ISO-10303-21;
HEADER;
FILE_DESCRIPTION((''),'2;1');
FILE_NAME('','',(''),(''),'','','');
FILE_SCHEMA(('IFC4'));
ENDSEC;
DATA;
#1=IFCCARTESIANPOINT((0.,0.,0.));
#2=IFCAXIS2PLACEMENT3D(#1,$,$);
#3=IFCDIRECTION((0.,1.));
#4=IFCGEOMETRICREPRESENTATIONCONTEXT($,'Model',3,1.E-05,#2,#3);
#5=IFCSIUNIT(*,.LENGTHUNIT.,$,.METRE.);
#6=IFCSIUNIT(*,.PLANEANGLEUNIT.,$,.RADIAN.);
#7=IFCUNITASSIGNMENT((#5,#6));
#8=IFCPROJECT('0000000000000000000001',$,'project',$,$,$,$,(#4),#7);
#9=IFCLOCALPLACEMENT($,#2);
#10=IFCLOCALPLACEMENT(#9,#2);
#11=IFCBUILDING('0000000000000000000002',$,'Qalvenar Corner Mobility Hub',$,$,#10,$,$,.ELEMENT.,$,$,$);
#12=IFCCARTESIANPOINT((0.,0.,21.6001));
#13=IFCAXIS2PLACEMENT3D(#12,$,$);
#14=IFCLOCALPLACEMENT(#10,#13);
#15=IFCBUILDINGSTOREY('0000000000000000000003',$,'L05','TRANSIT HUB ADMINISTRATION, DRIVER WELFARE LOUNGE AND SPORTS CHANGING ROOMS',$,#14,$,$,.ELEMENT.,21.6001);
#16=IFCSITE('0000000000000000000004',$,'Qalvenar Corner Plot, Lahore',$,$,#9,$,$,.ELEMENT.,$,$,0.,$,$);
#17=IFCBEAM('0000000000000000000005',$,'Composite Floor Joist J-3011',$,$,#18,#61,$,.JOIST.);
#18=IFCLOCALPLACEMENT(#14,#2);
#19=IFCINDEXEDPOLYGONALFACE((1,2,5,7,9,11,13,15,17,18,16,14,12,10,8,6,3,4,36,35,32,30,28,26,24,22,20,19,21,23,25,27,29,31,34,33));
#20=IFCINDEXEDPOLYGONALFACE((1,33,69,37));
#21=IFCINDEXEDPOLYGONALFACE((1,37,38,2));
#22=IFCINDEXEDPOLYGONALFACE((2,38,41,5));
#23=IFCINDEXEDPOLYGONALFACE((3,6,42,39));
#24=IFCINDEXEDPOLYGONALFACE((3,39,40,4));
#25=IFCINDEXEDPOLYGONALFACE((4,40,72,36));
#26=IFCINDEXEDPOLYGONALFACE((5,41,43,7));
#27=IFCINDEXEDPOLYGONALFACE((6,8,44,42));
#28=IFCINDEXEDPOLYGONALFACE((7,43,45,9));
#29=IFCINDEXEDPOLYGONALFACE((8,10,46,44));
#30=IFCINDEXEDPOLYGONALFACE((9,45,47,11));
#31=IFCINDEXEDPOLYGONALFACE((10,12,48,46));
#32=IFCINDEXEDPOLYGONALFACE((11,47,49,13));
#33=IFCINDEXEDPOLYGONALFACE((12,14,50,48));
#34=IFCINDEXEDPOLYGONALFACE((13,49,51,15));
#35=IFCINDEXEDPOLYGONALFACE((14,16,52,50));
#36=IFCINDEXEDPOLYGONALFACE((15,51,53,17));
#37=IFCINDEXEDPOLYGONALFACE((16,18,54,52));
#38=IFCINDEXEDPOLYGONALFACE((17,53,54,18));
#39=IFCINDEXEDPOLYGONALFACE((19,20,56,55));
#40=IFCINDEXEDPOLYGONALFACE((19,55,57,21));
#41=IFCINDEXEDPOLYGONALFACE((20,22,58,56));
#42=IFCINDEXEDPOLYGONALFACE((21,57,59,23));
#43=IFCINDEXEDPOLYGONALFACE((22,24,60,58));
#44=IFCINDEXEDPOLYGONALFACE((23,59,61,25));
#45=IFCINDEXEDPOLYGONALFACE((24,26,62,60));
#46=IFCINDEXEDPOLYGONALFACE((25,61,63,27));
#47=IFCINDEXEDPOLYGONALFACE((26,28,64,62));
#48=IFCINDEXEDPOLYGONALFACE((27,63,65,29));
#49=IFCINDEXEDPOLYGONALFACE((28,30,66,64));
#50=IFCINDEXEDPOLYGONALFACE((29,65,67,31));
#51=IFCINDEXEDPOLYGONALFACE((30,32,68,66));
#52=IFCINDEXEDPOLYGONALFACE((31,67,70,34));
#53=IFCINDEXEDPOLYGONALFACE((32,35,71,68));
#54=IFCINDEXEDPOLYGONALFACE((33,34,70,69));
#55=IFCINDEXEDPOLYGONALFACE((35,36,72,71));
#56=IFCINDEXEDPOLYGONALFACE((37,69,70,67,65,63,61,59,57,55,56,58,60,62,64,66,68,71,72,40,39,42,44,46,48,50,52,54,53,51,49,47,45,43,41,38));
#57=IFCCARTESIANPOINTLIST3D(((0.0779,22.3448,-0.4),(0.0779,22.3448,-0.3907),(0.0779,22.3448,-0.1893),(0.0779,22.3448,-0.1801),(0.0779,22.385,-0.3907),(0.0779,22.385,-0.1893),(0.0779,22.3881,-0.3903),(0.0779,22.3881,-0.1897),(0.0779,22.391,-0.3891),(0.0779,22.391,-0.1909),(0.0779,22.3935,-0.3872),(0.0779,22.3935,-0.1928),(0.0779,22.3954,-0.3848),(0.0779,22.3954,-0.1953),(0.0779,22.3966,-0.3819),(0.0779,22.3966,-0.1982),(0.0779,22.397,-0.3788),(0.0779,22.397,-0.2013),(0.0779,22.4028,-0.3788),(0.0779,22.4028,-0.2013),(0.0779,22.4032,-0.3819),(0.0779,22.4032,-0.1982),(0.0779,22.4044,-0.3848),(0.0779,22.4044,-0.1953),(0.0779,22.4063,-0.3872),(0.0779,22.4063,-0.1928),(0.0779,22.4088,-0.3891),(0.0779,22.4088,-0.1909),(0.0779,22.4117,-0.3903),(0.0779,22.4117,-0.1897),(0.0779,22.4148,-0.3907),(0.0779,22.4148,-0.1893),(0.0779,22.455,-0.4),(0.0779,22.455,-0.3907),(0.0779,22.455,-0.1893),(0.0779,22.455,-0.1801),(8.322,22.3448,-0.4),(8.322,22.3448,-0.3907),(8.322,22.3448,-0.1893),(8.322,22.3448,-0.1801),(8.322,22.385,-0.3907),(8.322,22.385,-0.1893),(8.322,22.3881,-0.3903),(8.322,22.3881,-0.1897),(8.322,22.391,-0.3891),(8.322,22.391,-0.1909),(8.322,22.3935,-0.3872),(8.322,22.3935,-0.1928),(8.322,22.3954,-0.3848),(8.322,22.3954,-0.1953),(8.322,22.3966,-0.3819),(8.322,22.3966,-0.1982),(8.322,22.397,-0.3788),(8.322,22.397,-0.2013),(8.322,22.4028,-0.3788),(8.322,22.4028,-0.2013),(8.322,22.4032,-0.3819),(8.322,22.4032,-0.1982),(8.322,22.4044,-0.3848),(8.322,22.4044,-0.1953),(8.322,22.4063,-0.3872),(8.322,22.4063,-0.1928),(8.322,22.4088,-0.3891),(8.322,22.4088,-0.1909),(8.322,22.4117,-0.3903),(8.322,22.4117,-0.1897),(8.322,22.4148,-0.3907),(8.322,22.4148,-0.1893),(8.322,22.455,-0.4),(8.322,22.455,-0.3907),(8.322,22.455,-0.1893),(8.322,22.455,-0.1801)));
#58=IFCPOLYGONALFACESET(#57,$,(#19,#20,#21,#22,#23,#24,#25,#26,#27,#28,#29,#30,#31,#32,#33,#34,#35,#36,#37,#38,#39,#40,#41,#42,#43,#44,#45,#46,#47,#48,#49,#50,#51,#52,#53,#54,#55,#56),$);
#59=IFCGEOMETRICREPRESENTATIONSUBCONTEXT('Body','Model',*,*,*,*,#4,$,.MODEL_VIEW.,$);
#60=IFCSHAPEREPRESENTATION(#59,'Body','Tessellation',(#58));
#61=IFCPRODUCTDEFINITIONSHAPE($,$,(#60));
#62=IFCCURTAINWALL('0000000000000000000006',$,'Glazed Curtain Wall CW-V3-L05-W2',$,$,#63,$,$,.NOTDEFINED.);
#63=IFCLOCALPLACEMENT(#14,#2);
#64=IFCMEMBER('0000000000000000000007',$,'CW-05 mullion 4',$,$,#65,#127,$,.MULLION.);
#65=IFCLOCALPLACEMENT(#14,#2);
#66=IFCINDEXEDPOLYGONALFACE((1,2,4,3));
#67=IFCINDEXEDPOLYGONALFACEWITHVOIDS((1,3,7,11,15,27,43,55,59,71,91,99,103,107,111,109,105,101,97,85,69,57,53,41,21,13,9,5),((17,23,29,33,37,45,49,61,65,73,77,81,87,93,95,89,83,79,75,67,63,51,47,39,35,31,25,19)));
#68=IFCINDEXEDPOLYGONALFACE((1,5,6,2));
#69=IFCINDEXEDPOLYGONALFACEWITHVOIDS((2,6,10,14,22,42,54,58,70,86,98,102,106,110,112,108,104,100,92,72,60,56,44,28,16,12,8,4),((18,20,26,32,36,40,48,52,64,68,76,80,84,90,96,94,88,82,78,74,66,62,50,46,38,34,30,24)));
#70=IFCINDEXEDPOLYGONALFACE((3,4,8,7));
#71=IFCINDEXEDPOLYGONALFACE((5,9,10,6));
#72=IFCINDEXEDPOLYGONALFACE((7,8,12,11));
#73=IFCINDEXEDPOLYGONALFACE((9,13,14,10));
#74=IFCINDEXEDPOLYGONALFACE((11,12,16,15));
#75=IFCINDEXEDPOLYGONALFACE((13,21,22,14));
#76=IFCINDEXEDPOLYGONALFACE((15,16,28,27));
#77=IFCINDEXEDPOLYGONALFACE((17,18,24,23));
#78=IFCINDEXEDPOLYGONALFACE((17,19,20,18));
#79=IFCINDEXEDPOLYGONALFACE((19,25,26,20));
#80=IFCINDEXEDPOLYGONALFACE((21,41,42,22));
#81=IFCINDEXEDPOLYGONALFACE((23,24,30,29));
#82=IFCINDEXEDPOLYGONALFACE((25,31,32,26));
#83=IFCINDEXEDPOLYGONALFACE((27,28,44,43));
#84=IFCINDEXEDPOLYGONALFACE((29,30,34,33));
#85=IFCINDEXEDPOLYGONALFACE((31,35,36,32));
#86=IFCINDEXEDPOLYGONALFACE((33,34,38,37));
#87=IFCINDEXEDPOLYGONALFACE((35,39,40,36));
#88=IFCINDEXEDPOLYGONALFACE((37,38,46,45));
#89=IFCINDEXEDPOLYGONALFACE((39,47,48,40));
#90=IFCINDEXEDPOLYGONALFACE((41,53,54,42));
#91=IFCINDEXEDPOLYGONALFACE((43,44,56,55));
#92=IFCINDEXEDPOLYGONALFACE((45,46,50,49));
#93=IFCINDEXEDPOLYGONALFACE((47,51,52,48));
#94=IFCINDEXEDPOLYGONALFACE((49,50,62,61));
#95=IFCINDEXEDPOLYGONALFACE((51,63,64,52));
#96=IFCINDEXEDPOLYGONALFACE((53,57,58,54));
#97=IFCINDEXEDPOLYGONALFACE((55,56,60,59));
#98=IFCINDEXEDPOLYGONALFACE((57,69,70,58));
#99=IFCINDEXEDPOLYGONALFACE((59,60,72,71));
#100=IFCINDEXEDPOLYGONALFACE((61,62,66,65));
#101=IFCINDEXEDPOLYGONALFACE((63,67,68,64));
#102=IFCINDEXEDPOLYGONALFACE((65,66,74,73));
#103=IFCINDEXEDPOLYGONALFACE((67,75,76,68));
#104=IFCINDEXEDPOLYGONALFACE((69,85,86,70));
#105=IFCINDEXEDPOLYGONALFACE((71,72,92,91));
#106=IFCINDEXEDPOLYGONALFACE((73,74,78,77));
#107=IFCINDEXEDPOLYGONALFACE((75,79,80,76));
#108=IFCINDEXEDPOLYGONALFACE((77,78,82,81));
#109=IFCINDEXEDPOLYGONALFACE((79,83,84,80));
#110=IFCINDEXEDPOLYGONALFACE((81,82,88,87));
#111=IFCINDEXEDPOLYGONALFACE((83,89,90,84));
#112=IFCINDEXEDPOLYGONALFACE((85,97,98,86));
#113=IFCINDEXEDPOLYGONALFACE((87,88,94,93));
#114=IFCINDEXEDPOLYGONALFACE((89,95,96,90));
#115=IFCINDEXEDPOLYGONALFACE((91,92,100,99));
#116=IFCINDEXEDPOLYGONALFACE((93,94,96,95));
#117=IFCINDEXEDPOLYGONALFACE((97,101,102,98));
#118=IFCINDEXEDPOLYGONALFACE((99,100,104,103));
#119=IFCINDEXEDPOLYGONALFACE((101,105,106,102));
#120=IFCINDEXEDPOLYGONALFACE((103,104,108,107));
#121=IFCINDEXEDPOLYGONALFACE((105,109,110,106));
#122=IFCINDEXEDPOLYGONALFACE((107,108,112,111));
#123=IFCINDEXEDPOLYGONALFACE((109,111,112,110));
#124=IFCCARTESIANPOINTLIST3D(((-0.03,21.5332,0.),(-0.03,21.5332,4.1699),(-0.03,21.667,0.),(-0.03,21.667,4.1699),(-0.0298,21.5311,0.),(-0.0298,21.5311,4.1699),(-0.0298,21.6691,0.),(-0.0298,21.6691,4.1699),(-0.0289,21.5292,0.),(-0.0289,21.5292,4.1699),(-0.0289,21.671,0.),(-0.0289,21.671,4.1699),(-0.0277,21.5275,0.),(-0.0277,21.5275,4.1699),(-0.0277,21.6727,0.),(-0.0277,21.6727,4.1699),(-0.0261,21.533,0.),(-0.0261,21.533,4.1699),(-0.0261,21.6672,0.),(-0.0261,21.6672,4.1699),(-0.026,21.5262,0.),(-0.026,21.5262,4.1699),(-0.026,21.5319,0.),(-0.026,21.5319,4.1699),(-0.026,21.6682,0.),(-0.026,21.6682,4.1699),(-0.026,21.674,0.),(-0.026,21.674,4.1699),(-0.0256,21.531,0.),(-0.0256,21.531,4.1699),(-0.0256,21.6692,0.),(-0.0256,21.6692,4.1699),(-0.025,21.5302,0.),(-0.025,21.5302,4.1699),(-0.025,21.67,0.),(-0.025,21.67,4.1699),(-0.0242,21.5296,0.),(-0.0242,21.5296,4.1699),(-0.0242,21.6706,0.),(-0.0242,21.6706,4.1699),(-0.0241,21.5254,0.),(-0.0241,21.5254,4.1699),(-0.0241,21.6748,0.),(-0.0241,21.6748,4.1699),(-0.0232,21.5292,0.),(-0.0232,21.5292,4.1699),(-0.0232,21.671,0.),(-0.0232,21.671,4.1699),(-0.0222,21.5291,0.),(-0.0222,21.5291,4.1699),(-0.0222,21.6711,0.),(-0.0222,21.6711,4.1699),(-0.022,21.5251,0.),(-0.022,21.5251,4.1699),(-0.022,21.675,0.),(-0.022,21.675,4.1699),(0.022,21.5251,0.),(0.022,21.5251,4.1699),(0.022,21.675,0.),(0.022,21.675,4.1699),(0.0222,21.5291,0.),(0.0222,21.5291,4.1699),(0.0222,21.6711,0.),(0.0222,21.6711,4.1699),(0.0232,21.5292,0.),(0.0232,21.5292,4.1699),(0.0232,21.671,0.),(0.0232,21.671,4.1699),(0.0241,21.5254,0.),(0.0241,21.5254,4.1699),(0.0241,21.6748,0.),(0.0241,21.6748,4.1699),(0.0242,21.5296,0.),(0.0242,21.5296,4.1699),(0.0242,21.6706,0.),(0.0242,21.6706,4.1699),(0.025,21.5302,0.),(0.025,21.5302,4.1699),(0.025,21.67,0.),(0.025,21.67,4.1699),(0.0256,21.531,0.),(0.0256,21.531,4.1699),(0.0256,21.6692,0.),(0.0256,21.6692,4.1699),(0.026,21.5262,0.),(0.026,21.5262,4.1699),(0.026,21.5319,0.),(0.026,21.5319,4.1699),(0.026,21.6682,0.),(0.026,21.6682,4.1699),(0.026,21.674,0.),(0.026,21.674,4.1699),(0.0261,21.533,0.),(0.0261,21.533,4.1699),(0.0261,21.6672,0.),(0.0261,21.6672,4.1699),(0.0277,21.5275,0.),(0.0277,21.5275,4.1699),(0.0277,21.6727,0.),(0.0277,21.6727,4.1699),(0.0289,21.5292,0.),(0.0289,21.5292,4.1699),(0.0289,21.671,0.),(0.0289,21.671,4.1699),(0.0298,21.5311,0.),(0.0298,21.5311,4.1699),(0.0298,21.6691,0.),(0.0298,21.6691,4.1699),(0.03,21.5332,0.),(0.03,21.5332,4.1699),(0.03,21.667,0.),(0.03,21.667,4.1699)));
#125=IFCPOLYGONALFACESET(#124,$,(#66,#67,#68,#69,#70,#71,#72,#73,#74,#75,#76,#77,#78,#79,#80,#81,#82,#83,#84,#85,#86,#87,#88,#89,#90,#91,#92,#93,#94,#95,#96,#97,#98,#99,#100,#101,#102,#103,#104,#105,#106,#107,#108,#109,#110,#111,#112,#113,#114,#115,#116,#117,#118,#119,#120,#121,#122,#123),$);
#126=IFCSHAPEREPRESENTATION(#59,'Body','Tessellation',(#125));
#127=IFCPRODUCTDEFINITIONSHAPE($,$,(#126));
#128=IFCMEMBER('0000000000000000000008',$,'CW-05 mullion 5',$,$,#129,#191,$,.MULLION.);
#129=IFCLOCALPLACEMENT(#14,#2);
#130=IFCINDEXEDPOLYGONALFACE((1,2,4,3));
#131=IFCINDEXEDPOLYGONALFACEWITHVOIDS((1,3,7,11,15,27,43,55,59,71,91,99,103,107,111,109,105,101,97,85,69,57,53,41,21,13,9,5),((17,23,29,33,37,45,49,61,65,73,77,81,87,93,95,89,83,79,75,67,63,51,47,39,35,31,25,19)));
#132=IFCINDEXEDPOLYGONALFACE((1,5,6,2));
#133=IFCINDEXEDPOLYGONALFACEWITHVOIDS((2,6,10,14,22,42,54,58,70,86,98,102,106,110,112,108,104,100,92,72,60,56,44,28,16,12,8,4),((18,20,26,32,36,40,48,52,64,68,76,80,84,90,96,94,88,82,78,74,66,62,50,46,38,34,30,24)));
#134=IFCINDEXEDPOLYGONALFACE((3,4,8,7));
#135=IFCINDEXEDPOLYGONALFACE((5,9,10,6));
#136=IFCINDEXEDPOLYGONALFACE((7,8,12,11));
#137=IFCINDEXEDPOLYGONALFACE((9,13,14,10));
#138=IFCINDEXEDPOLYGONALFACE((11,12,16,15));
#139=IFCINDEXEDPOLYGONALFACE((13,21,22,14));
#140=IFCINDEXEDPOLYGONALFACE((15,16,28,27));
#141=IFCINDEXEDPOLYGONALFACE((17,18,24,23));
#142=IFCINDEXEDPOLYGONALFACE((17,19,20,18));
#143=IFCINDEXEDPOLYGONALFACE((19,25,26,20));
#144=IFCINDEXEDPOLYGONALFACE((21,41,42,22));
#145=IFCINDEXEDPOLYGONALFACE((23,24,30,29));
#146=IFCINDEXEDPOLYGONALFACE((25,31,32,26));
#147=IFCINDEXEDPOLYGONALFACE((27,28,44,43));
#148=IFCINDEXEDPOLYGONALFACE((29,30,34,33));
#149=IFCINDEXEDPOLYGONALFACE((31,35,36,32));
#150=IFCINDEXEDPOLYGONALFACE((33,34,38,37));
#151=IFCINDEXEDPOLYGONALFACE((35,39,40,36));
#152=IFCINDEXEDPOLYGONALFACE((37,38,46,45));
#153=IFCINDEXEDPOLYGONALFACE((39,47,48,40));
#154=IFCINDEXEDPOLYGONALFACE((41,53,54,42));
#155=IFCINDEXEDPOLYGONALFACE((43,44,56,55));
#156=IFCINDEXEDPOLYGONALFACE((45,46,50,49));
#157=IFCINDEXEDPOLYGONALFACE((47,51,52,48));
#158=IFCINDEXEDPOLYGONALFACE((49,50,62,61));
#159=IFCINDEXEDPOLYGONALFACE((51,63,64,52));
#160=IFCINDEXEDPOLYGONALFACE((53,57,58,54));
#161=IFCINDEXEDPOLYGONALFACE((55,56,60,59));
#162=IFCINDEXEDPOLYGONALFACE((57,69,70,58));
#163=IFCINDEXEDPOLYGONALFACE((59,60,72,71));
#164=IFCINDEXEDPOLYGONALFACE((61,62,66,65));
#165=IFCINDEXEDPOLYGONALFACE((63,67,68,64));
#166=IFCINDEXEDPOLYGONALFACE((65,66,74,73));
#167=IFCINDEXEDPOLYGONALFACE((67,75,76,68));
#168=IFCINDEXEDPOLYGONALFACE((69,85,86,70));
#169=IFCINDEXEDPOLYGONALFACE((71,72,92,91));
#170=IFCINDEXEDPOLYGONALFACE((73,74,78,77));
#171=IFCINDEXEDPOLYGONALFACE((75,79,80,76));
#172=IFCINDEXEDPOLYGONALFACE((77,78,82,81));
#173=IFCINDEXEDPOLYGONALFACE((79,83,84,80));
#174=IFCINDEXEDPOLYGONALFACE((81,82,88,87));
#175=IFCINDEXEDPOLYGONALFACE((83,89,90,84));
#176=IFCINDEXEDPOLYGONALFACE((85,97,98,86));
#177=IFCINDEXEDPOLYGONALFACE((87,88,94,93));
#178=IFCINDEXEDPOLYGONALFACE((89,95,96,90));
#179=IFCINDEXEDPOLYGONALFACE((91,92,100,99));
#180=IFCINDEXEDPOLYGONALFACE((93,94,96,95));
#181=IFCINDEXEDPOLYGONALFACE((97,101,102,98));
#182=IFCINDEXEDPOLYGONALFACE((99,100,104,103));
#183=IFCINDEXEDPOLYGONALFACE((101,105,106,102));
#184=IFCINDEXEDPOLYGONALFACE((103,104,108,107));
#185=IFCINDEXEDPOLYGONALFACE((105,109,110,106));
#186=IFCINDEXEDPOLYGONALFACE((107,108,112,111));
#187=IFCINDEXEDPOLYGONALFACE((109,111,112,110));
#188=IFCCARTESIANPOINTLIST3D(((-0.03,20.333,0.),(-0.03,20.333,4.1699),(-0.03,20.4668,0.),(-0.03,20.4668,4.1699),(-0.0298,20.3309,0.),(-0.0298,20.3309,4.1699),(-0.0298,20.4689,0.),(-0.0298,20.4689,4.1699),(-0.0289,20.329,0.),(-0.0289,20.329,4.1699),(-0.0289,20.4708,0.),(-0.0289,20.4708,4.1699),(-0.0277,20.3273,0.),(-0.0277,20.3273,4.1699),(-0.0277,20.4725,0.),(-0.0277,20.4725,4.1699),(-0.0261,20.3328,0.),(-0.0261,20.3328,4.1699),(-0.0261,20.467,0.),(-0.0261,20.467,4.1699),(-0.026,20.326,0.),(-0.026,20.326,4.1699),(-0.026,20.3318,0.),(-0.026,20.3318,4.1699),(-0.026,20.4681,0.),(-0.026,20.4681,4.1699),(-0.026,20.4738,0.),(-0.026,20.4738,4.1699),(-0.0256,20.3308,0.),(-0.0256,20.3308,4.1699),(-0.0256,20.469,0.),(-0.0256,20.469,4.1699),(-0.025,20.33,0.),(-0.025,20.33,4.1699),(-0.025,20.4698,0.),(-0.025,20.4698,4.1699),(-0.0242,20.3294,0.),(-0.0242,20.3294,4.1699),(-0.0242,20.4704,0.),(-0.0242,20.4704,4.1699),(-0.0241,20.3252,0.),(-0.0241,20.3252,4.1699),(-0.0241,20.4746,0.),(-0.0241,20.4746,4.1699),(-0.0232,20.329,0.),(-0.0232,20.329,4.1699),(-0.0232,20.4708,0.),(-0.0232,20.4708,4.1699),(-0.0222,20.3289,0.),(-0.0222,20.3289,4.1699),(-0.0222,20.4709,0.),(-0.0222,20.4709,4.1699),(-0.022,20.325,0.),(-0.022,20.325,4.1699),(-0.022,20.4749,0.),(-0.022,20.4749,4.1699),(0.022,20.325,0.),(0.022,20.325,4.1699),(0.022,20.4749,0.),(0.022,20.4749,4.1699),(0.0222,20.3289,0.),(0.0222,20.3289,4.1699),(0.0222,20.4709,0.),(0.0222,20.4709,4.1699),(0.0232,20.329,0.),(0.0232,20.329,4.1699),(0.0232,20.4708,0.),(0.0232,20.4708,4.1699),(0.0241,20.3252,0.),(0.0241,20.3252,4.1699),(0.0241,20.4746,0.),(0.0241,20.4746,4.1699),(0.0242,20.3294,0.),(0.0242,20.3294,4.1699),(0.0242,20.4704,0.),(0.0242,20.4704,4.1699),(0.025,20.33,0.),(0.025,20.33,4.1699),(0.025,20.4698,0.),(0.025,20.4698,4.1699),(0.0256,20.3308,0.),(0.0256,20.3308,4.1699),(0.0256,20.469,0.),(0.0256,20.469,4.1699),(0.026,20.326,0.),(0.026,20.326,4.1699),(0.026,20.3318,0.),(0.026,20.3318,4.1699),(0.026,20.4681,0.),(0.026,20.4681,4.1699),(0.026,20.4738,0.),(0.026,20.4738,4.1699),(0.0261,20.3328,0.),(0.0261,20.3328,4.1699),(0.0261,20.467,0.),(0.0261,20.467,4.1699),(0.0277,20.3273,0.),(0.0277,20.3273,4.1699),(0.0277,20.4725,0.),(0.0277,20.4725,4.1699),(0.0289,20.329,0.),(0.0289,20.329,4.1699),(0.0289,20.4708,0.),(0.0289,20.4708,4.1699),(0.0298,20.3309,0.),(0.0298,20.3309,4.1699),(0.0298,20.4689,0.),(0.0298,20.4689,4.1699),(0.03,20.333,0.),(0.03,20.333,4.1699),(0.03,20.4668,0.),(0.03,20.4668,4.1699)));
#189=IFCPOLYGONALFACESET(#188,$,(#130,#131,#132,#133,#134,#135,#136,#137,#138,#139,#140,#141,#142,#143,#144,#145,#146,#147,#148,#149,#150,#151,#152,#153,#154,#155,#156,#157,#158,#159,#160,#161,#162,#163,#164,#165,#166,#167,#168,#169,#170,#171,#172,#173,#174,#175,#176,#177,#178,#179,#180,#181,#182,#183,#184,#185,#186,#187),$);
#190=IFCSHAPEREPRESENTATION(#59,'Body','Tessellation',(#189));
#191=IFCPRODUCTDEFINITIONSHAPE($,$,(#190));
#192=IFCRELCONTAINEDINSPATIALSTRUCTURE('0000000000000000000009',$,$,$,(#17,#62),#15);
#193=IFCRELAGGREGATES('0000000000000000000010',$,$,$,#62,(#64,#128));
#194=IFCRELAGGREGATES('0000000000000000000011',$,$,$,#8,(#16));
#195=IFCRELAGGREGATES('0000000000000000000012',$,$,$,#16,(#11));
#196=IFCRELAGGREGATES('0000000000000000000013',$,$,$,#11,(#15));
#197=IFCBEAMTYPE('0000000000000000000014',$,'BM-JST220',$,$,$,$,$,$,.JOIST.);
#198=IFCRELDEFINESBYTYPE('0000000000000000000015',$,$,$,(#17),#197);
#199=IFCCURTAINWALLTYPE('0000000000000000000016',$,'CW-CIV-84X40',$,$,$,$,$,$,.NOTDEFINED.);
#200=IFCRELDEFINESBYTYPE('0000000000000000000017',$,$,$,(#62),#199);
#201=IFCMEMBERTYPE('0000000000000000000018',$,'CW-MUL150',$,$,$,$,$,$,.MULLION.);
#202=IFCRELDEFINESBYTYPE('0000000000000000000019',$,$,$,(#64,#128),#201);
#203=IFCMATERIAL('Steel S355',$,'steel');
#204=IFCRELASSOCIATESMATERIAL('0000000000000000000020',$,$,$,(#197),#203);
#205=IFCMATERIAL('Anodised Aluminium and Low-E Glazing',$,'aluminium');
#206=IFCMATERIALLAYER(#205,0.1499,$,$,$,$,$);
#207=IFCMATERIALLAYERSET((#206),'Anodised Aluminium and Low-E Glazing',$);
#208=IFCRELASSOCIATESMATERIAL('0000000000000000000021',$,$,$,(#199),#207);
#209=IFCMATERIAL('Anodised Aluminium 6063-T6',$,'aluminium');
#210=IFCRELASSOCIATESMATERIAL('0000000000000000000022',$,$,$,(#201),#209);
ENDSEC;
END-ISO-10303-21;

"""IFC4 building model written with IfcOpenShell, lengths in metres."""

from ifc_helpers import new_model, si_unit, direction, frame, origin, origin_2d, place, context, subcontext, project, spatial, hollow_rectangle, i_section, extrude, material, layer, layer_set, material_profile, profile_set, type_object, element, aggregate, save


model = new_model("IFC4")

# Units and contexts
model_context = context("Model", 3, precision=1e-05, world=origin(), true_north=direction((0.0, 1.0)))
body_context = subcontext(model_context, "Body", "Model", "MODEL_VIEW")
ifc_project = project(units=[si_unit("LENGTHUNIT", "METRE"), si_unit("PLANEANGLEUNIT", "RADIAN")], contexts=[model_context])

# Site, building, storey
site_placement = place(None, origin())
site = spatial("IfcSite", under=ifc_project, at=site_placement, Name="Qalvenar Corner Plot, Lahore", CompositionType="ELEMENT", RefElevation=0.0)
building_placement = place(site_placement, origin())
building = spatial("IfcBuilding", under=site, at=building_placement, Name="Qalvenar Corner Mobility Hub", CompositionType="ELEMENT")
storey_placement = place(building_placement, frame((0.0, 0.0, 21.6001)))
storey = spatial("IfcBuildingStorey", under=building, at=storey_placement, Name="L05", Description="TRANSIT HUB ADMINISTRATION, DRIVER WELFARE LOUNGE AND SPORTS CHANGING ROOMS", CompositionType="ELEMENT", Elevation=21.6001)

# Beam
ifc_material_1 = material(Name="Steel S355", Category="steel")
ifc_material_profile_1 = material_profile(ifc_material_1, i_section(OverallWidth=0.1101, OverallDepth=0.22, WebThickness=0.0059, FlangeThickness=0.0093, FilletRadius=0.012, at=origin_2d()), Name="IPE220")
ifc_profile_set_1 = profile_set([ifc_material_profile_1], Name="Steel S355")
beam_type = type_object("IfcBeamType", Name="BM-JST220", PredefinedType="JOIST", material=ifc_profile_set_1)
beam_placement = place(storey_placement, frame((0.0779, 22.3999, -0.29), z_axis=(1.0, 0.0, 0.0), x_axis=(0.0, 1.0, 0.0)))
element("IfcBeam", 1, at=beam_placement, inside=storey, type_object=beam_type, Name="Composite Floor Joist J-3011", PredefinedType="JOIST", context=body_context, shape_type="SweptSolid", body=[
    extrude(i_section(OverallWidth=0.1101, OverallDepth=0.22, WebThickness=0.0059, FlangeThickness=0.0093, FilletRadius=0.012, at=origin_2d()), origin(), (0.0, 0.0, 1.0), 8.2441),
])

# Curtain wall, members
ifc_material_2 = material(Name="Anodised Aluminium and Low-E Glazing", Category="aluminium")
ifc_layer_1 = layer(ifc_material_2, 0.1499)
ifc_layer_set_1 = layer_set([ifc_layer_1], Name="Anodised Aluminium and Low-E Glazing")
curtain_wall_type = type_object("IfcCurtainWallType", Name="CW-CIV-84X40", PredefinedType="NOTDEFINED", material=ifc_layer_set_1)
curtain_wall_placement = place(storey_placement, origin())
curtain_wall = element("IfcCurtainWall", 2, at=curtain_wall_placement, inside=storey, type_object=curtain_wall_type, Name="Glazed Curtain Wall CW-V3-L05-W2", PredefinedType="NOTDEFINED")
ifc_material_3 = material(Name="Anodised Aluminium 6063-T6", Category="aluminium")
ifc_material_profile_2 = material_profile(ifc_material_3, hollow_rectangle(XDim=0.0601, YDim=0.1499, WallThickness=0.0039, InnerFilletRadius=0.0039, OuterFilletRadius=0.0081, at=origin_2d()), Name="RHS150x60x4")
ifc_profile_set_2 = profile_set([ifc_material_profile_2], Name="Anodised Aluminium 6063-T6")
member_type_1 = type_object("IfcMemberType", Name="CW-MUL150", PredefinedType="MULLION", material=ifc_profile_set_2)
member_1_placement = place(storey_placement, frame((0.0, 21.6001, 0.0), z_axis=(0.0, 0.0, 1.0), x_axis=(1.0, 0.0, 0.0)))
member_1 = element("IfcMember", 3, at=member_1_placement, type_object=member_type_1, Name="CW-05 mullion 4", PredefinedType="MULLION", context=body_context, shape_type="SweptSolid", body=[
    extrude(hollow_rectangle(XDim=0.0601, YDim=0.1499, WallThickness=0.0039, InnerFilletRadius=0.0039, OuterFilletRadius=0.0081, at=origin_2d()), origin(), (0.0, 0.0, 1.0), 4.1699),
])
member_2_placement = place(storey_placement, frame((0.0, 20.3999, 0.0), z_axis=(0.0, 0.0, 1.0), x_axis=(1.0, 0.0, 0.0)))
member_2 = element("IfcMember", 4, at=member_2_placement, type_object=member_type_1, Name="CW-05 mullion 5", PredefinedType="MULLION", context=body_context, shape_type="SweptSolid", body=[
    extrude(hollow_rectangle(XDim=0.0601, YDim=0.1499, WallThickness=0.0039, InnerFilletRadius=0.0039, OuterFilletRadius=0.0081, at=origin_2d()), origin(), (0.0, 0.0, 1.0), 4.1699),
])
aggregate(curtain_wall, [member_1, member_2])

save(model, "model.ifc")
